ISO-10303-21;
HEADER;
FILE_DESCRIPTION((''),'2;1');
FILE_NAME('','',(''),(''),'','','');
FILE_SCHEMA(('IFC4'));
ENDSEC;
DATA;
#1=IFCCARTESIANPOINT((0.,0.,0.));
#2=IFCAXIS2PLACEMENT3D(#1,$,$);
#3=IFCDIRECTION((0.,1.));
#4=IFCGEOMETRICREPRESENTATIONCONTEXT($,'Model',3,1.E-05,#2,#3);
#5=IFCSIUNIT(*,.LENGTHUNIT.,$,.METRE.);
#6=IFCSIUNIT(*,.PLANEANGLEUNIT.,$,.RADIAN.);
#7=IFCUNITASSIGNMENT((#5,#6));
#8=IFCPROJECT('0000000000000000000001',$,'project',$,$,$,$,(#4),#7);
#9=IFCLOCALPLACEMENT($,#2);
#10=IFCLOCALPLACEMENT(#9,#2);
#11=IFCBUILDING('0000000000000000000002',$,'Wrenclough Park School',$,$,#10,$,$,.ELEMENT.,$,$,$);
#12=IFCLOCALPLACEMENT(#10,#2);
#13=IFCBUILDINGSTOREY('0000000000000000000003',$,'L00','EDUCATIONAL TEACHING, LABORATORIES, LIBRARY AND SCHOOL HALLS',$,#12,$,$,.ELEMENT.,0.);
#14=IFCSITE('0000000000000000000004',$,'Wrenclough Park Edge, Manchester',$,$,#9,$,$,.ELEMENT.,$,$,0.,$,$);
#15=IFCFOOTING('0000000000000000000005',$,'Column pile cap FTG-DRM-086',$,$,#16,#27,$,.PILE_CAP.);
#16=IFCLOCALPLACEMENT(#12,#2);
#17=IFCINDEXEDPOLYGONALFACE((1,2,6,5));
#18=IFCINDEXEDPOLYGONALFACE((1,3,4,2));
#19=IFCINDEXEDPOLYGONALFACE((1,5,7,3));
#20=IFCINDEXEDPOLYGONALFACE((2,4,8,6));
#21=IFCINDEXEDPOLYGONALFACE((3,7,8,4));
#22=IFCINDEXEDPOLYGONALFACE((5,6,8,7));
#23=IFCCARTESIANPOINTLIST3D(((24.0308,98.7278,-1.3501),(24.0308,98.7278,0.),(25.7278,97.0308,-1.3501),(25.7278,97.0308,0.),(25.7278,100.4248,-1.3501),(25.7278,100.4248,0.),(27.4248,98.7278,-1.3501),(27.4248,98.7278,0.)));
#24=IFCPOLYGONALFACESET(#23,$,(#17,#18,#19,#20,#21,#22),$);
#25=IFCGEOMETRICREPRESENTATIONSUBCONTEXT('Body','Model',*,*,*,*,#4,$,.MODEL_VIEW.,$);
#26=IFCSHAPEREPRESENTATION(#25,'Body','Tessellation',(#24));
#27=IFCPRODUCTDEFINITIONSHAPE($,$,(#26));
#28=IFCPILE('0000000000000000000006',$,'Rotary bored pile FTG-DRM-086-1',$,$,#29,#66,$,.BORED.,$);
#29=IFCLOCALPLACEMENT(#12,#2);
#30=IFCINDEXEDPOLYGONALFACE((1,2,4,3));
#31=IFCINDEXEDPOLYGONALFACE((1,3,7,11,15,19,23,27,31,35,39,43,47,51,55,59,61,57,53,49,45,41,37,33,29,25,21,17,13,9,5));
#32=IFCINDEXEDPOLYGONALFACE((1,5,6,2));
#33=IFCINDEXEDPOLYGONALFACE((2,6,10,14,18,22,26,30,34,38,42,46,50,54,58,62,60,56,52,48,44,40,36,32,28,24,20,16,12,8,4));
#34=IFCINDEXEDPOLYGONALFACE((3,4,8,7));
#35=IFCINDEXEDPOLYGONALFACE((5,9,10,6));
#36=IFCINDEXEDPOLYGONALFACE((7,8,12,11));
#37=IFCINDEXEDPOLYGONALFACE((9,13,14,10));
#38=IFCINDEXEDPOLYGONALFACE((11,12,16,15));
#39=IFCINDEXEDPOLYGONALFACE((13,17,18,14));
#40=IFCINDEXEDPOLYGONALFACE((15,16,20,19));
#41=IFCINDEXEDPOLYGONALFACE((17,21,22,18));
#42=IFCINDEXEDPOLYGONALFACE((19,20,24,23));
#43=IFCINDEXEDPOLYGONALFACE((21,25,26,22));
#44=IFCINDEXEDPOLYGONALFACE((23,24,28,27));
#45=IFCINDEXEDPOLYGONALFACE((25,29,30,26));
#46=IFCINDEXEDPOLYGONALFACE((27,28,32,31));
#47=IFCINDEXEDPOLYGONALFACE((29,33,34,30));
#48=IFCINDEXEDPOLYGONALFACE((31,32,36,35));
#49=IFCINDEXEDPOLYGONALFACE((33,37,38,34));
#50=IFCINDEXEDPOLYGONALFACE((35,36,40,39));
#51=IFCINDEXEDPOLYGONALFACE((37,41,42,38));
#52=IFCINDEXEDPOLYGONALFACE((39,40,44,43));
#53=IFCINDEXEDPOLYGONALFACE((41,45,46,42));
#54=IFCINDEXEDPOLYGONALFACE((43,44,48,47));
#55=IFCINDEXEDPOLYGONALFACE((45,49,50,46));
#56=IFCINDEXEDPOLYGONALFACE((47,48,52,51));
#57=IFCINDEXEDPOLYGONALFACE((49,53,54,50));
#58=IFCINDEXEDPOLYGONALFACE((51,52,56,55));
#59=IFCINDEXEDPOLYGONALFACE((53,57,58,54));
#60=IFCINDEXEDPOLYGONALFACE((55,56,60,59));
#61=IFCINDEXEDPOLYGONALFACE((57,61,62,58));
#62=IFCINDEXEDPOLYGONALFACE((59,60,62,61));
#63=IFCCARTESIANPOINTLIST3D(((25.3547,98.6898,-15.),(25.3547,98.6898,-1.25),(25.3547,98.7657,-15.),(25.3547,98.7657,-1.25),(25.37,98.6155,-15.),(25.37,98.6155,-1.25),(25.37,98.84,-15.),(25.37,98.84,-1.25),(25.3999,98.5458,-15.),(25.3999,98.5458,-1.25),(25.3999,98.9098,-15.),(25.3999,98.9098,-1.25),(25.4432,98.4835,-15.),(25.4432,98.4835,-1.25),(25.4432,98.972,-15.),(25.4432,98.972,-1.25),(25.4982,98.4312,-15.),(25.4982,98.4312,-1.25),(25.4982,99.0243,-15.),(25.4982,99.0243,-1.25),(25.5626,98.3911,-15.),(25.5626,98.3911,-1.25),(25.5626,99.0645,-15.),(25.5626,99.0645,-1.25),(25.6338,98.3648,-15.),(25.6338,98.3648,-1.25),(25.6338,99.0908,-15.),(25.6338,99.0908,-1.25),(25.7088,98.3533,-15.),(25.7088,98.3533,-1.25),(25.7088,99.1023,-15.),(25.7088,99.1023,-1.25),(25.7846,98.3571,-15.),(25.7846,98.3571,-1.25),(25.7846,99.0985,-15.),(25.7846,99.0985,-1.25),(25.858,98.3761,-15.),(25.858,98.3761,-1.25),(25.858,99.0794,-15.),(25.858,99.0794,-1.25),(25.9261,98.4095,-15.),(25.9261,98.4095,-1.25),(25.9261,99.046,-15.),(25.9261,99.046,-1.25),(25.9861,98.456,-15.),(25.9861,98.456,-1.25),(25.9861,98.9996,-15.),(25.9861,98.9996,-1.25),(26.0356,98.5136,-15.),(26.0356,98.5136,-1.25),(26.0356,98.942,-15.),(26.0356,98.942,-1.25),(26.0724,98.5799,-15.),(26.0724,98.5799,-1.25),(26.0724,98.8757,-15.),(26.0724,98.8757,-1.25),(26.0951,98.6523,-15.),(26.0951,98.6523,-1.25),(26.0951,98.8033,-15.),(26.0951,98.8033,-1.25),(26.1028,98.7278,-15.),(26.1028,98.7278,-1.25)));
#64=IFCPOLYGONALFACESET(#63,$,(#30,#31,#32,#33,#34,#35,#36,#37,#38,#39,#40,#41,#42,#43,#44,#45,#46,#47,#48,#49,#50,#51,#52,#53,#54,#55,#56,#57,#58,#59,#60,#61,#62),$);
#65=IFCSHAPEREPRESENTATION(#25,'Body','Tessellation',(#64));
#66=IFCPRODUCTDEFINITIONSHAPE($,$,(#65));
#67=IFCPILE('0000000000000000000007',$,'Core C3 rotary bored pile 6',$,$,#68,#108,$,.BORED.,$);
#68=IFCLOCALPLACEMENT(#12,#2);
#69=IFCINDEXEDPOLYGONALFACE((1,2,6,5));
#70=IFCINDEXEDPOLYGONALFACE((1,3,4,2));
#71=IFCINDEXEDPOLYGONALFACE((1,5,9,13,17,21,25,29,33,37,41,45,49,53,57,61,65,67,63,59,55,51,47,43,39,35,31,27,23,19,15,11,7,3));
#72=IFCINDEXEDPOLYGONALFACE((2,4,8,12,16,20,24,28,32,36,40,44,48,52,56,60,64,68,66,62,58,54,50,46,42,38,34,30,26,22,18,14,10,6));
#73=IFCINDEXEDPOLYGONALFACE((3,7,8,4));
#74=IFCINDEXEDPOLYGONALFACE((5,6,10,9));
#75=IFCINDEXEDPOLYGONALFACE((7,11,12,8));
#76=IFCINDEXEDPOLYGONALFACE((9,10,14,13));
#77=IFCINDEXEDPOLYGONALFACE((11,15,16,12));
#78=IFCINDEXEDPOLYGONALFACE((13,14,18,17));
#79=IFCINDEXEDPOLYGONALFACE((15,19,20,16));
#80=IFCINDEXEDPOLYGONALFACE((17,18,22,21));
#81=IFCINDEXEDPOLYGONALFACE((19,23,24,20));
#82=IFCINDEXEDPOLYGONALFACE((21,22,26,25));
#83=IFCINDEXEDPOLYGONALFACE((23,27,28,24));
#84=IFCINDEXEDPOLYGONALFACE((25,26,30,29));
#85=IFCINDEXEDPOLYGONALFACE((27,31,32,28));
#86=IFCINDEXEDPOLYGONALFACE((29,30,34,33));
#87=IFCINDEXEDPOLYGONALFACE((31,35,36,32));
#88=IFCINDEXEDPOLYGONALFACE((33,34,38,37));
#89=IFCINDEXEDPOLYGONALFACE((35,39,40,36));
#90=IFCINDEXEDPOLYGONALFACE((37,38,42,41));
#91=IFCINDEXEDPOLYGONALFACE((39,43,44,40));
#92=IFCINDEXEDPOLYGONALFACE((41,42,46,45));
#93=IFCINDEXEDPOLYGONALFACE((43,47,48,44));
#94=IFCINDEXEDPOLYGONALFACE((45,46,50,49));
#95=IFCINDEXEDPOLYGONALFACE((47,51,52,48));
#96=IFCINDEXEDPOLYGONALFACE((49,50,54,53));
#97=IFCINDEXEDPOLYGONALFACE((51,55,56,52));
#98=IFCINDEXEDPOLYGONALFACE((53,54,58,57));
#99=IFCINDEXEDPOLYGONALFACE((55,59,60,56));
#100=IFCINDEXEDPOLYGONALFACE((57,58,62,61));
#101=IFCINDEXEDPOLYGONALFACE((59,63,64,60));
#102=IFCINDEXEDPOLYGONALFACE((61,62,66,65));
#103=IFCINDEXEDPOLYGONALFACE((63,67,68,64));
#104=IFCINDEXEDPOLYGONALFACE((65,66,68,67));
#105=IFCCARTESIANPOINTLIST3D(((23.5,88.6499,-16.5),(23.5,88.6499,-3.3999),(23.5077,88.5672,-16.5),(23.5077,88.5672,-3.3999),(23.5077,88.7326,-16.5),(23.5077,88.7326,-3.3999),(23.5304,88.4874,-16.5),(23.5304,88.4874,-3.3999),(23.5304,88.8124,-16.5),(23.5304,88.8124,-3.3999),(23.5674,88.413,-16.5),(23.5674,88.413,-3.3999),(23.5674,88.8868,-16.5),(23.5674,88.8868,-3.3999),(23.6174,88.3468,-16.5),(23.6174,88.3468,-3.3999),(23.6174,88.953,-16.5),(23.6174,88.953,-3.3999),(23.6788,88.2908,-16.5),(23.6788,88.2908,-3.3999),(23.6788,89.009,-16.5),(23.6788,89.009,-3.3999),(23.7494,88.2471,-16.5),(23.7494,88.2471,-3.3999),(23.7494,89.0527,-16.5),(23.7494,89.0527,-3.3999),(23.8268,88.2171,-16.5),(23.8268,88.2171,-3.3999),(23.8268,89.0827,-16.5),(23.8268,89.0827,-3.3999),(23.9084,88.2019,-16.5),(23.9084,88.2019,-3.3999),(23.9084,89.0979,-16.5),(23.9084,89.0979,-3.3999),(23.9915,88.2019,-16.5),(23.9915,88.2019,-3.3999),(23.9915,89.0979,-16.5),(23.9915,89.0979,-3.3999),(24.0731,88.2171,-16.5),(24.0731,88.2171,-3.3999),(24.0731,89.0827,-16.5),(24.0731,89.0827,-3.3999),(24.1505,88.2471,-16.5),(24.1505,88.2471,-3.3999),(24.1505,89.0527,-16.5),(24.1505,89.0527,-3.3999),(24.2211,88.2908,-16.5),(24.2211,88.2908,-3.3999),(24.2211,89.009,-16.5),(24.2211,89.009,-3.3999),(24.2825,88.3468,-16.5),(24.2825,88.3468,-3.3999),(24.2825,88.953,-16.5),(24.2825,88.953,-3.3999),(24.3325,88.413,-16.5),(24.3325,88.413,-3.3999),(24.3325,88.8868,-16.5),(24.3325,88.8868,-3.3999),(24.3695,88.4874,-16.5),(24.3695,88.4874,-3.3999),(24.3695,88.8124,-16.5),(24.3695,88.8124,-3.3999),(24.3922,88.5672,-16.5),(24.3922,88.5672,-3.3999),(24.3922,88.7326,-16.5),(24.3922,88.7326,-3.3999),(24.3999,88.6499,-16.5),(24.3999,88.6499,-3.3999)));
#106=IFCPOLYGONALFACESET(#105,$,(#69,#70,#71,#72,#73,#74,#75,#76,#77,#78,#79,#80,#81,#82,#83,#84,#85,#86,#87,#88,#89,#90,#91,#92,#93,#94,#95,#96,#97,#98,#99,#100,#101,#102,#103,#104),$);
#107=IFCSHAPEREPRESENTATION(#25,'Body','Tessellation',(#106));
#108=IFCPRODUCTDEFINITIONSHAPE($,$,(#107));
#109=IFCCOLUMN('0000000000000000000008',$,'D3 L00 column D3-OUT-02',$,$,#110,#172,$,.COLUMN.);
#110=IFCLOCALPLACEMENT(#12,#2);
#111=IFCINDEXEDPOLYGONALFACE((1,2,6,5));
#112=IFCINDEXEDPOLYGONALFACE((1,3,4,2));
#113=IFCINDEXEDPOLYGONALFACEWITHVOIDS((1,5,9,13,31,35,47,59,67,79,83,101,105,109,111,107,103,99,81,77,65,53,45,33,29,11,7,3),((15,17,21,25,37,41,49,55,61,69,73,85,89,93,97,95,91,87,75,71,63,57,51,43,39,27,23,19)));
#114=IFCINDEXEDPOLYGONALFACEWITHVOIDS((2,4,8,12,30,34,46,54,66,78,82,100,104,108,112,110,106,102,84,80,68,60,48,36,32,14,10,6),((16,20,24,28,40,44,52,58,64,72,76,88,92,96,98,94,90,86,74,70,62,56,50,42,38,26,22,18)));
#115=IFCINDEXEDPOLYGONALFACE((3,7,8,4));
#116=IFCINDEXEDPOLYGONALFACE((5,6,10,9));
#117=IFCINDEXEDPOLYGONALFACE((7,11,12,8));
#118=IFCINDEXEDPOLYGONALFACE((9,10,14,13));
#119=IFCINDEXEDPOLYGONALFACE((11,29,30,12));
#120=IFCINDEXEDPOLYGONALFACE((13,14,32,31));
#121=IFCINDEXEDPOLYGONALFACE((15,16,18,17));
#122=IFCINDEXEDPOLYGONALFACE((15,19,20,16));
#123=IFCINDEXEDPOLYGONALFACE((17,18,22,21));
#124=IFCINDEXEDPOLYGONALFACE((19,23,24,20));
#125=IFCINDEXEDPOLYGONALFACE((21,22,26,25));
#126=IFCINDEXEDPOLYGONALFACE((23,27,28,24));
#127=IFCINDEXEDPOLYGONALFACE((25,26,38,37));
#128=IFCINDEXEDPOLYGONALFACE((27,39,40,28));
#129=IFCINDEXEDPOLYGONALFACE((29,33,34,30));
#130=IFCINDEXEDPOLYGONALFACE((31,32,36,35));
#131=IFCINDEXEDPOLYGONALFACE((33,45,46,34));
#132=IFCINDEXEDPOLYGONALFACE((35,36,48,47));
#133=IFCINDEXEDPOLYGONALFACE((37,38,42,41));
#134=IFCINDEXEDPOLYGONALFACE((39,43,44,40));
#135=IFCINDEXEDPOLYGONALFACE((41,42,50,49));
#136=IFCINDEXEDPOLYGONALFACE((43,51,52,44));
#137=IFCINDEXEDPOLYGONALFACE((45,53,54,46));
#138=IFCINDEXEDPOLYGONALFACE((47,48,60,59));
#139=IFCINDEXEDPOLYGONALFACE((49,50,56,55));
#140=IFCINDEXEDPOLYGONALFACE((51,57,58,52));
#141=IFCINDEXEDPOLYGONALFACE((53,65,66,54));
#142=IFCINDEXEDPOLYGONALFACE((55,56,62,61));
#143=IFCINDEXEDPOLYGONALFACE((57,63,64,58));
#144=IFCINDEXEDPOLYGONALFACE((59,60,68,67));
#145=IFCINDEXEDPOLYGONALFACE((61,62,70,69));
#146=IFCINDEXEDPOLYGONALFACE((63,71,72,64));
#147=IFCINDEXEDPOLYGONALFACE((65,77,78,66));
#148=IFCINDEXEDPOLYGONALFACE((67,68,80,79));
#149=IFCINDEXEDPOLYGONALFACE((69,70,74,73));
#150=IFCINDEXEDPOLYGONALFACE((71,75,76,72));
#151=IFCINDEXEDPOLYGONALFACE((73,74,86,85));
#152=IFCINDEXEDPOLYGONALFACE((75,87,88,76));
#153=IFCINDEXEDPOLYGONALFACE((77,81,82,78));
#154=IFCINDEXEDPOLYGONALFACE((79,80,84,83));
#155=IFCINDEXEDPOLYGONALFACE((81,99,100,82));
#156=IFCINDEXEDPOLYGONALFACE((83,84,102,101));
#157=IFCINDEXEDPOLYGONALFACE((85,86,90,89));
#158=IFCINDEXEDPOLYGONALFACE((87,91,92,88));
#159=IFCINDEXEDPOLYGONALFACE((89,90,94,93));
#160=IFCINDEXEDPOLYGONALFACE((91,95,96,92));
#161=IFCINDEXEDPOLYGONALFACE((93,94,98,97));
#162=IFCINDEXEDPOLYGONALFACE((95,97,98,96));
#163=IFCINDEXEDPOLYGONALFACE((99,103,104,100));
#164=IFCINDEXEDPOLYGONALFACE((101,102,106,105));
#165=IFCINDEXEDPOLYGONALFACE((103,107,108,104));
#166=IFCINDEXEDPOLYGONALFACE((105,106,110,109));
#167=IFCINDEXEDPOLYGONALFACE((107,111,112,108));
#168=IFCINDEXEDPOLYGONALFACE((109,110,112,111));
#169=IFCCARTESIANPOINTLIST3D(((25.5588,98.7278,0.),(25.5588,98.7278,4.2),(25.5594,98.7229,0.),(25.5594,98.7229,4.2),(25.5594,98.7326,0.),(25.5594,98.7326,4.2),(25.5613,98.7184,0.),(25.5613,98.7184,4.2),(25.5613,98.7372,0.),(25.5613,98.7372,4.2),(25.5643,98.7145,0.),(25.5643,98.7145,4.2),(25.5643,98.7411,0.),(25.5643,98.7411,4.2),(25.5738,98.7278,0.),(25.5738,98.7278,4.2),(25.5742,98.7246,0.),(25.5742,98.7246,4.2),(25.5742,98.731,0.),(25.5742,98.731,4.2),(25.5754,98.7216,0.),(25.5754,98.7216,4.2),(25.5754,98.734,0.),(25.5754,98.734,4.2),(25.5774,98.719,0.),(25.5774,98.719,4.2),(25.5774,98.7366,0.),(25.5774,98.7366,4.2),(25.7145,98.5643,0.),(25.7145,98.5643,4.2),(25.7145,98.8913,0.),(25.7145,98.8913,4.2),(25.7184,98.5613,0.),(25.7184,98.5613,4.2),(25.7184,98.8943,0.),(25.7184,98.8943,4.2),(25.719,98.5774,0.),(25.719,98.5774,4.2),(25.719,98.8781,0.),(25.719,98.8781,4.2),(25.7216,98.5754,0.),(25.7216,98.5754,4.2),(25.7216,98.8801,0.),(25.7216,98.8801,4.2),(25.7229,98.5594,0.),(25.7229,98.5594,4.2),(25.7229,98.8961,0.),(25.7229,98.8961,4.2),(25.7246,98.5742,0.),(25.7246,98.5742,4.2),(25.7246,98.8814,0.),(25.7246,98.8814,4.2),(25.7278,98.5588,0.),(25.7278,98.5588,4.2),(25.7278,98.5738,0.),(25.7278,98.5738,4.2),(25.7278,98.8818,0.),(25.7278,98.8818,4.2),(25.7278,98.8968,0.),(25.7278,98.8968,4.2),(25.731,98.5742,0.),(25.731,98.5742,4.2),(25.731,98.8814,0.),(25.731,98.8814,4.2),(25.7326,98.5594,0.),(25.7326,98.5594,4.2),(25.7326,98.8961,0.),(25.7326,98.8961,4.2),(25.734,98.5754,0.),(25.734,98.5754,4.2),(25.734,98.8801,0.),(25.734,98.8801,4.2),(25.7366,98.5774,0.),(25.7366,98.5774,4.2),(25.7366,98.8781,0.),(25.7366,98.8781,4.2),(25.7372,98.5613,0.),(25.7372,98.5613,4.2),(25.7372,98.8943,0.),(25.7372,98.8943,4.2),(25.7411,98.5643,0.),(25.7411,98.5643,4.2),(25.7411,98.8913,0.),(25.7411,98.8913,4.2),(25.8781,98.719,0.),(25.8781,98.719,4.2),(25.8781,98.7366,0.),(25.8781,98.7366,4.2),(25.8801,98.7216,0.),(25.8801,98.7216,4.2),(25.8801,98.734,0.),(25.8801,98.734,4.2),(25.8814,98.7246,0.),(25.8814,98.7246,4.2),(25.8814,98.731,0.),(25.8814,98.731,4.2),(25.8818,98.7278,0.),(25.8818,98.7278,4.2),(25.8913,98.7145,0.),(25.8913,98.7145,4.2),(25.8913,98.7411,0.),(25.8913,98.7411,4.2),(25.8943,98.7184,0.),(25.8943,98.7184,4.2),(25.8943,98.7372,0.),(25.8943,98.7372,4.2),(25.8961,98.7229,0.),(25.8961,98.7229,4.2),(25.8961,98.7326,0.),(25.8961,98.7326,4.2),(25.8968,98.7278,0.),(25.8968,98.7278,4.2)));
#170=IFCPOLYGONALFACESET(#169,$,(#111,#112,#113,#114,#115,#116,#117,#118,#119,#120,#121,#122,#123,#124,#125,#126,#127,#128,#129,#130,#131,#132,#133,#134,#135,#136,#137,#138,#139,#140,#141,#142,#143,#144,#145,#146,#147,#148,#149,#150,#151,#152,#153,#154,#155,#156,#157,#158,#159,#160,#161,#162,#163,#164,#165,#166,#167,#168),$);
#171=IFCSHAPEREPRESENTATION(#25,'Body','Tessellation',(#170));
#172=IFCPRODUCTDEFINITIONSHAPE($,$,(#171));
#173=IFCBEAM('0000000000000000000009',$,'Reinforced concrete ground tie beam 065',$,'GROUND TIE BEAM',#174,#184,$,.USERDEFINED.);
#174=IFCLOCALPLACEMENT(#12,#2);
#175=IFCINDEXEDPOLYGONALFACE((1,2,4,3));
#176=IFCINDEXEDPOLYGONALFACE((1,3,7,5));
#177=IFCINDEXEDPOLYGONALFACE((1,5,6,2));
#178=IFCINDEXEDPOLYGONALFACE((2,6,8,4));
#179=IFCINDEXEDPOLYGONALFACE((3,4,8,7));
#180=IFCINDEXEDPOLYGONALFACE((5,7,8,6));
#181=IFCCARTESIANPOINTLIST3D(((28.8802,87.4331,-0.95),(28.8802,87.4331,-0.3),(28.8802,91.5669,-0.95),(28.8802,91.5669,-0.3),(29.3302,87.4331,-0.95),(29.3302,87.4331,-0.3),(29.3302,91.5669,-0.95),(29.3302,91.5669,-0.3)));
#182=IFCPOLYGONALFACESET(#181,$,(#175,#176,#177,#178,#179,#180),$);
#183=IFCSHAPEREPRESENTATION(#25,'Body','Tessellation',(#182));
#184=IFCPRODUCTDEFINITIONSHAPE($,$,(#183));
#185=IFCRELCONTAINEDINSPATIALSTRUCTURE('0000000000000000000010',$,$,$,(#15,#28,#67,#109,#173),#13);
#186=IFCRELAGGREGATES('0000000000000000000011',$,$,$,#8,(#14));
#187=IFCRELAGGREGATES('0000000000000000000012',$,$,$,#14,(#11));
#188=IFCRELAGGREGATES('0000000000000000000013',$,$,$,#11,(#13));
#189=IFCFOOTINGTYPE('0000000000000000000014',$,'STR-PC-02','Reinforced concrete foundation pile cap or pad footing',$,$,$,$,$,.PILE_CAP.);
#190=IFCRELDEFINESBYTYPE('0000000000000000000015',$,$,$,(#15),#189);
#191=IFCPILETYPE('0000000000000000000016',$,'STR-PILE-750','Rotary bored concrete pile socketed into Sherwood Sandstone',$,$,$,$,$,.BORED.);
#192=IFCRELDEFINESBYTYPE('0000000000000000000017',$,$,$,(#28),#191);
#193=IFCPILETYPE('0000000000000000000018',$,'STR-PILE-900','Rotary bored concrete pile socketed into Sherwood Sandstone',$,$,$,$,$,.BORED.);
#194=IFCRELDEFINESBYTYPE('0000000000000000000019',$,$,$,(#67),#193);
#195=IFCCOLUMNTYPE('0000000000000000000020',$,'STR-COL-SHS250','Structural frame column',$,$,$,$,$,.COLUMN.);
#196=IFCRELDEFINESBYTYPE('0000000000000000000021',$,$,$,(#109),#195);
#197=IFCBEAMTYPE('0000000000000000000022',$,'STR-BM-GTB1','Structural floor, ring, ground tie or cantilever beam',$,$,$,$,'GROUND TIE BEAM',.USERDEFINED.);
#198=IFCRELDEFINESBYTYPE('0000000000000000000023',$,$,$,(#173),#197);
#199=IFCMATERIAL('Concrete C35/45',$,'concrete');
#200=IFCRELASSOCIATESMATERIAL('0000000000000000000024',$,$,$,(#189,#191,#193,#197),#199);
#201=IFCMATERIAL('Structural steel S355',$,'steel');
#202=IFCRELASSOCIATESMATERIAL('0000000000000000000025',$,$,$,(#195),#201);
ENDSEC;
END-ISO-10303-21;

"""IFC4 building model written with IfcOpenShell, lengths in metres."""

from ifc_helpers import new_model, si_unit, direction, frame, origin, origin_2d, place, context, subcontext, project, spatial, rectangle, hollow_rectangle, circle, extrude, material, material_profile, profile_set, type_object, element, save


model = new_model("IFC4")

# Units and contexts
model_context = context("Model", 3, precision=1e-05, world=origin(), true_north=direction((0.0, 1.0)))
body_context = subcontext(model_context, "Body", "Model", "MODEL_VIEW")
ifc_project = project(units=[si_unit("LENGTHUNIT", "METRE"), si_unit("PLANEANGLEUNIT", "RADIAN")], contexts=[model_context])

# Site, building, storey
site_placement = place(None, origin())
site = spatial("IfcSite", under=ifc_project, at=site_placement, Name="Wrenclough Park Edge, Manchester", CompositionType="ELEMENT", RefElevation=0.0)
building_placement = place(site_placement, origin())
building = spatial("IfcBuilding", under=site, at=building_placement, Name="Wrenclough Park School", CompositionType="ELEMENT")
storey_placement = place(building_placement, origin())
storey = spatial("IfcBuildingStorey", under=building, at=storey_placement, Name="L00", Description="EDUCATIONAL TEACHING, LABORATORIES, LIBRARY AND SCHOOL HALLS", CompositionType="ELEMENT", Elevation=0.0)

# Footing
ifc_material_1 = material(Name="Concrete C35/45", Category="concrete")
footing_type = type_object("IfcFootingType", Name="STR-PC-02", Description="Reinforced concrete foundation pile cap or pad footing", PredefinedType="PILE_CAP", material=ifc_material_1)
footing_placement = place(storey_placement, frame((25.7278, 98.7278, -1.3501), z_axis=(0.0, 0.0, 1.0), x_axis=(-0.707107, 0.707107, 0.0)))
element("IfcFooting", 1, at=footing_placement, inside=storey, type_object=footing_type, Name="Column pile cap FTG-DRM-086", PredefinedType="PILE_CAP", context=body_context, shape_type="SweptSolid", body=[
    extrude(rectangle(XDim=2.3999, YDim=2.3999, at=origin_2d()), origin(), (0.0, 0.0, 1.0), 1.3501),
])

# Piles
ifc_material_profile_1 = material_profile(ifc_material_1, circle(Radius=0.375, at=origin_2d()), Name="BORED PILE D750")
ifc_profile_set_1 = profile_set([ifc_material_profile_1], Name="Concrete C35/45")
pile_type_1 = type_object("IfcPileType", Name="STR-PILE-750", Description="Rotary bored concrete pile socketed into Sherwood Sandstone", PredefinedType="BORED", material=ifc_profile_set_1)
pile_1_placement = place(storey_placement, frame((25.7278, 98.7278, -1.25), z_axis=(0.0, 0.0, -1.0), x_axis=(1.0, 0.0, 0.0)))
element("IfcPile", 2, at=pile_1_placement, inside=storey, type_object=pile_type_1, Name="Rotary bored pile FTG-DRM-086-1", PredefinedType="BORED", context=body_context, shape_type="SweptSolid", body=[
    extrude(circle(Radius=0.375, at=origin_2d()), origin(), (0.0, 0.0, 1.0), 13.75),
])
ifc_material_profile_2 = material_profile(ifc_material_1, circle(Radius=0.45, at=origin_2d()), Name="BORED PILE D900")
ifc_profile_set_2 = profile_set([ifc_material_profile_2], Name="Concrete C35/45")
pile_type_2 = type_object("IfcPileType", Name="STR-PILE-900", Description="Rotary bored concrete pile socketed into Sherwood Sandstone", PredefinedType="BORED", material=ifc_profile_set_2)
pile_2_placement = place(storey_placement, frame((23.95, 88.6499, -3.3999), z_axis=(0.0, 0.0, -1.0), x_axis=(1.0, 0.0, 0.0)))
element("IfcPile", 3, at=pile_2_placement, inside=storey, type_object=pile_type_2, Name="Core C3 rotary bored pile 6", PredefinedType="BORED", context=body_context, shape_type="SweptSolid", body=[
    extrude(circle(Radius=0.45, at=origin_2d()), origin(), (0.0, 0.0, 1.0), 13.1001),
])

# Column
ifc_material_2 = material(Name="Structural steel S355", Category="steel")
ifc_material_profile_3 = material_profile(ifc_material_2, hollow_rectangle(XDim=0.25, YDim=0.25, WallThickness=0.0125, InnerFilletRadius=0.0125, OuterFilletRadius=0.0188, at=origin_2d()), Name="SHS 250x250x12.5")
ifc_profile_set_3 = profile_set([ifc_material_profile_3], Name="Structural steel S355")
column_type = type_object("IfcColumnType", Name="STR-COL-SHS250", Description="Structural frame column", PredefinedType="COLUMN", material=ifc_profile_set_3)
column_placement = place(storey_placement, frame((25.7278, 98.7278, 0.0), z_axis=(0.0, 0.0, 1.0), x_axis=(-0.707107, 0.707107, 0.0)))
element("IfcColumn", 4, at=column_placement, inside=storey, type_object=column_type, Name="D3 L00 column D3-OUT-02", PredefinedType="COLUMN", context=body_context, shape_type="SweptSolid", body=[
    extrude(hollow_rectangle(XDim=0.25, YDim=0.25, WallThickness=0.0125, InnerFilletRadius=0.0125, OuterFilletRadius=0.0188, at=origin_2d()), origin(), (0.0, 0.0, 1.0), 4.2),
])

# Beam
ifc_material_profile_4 = material_profile(ifc_material_1, rectangle(XDim=0.45, YDim=0.6499, at=origin_2d()), Name="RC GROUND 450x650")
ifc_profile_set_4 = profile_set([ifc_material_profile_4], Name="Concrete C35/45")
beam_type_1 = type_object("IfcBeamType", Name="STR-BM-GTB1", Description="Structural floor, ring, ground tie or cantilever beam", ElementType="GROUND TIE BEAM", PredefinedType="USERDEFINED", material=ifc_profile_set_4)
beam_placement = place(storey_placement, frame((29.1052, 91.5669, -0.625), z_axis=(0.0, -1.0, 0.0), x_axis=(1.0, 0.0, 0.0)))
element("IfcBeam", 5, at=beam_placement, inside=storey, type_object=beam_type_1, Name="Reinforced concrete ground tie beam 065", ObjectType="GROUND TIE BEAM", PredefinedType="USERDEFINED", context=body_context, shape_type="SweptSolid", body=[
    extrude(rectangle(XDim=0.45, YDim=0.6499, at=origin_2d()), origin(), (0.0, 0.0, 1.0), 4.1338),
])

save(model, "model.ifc")
